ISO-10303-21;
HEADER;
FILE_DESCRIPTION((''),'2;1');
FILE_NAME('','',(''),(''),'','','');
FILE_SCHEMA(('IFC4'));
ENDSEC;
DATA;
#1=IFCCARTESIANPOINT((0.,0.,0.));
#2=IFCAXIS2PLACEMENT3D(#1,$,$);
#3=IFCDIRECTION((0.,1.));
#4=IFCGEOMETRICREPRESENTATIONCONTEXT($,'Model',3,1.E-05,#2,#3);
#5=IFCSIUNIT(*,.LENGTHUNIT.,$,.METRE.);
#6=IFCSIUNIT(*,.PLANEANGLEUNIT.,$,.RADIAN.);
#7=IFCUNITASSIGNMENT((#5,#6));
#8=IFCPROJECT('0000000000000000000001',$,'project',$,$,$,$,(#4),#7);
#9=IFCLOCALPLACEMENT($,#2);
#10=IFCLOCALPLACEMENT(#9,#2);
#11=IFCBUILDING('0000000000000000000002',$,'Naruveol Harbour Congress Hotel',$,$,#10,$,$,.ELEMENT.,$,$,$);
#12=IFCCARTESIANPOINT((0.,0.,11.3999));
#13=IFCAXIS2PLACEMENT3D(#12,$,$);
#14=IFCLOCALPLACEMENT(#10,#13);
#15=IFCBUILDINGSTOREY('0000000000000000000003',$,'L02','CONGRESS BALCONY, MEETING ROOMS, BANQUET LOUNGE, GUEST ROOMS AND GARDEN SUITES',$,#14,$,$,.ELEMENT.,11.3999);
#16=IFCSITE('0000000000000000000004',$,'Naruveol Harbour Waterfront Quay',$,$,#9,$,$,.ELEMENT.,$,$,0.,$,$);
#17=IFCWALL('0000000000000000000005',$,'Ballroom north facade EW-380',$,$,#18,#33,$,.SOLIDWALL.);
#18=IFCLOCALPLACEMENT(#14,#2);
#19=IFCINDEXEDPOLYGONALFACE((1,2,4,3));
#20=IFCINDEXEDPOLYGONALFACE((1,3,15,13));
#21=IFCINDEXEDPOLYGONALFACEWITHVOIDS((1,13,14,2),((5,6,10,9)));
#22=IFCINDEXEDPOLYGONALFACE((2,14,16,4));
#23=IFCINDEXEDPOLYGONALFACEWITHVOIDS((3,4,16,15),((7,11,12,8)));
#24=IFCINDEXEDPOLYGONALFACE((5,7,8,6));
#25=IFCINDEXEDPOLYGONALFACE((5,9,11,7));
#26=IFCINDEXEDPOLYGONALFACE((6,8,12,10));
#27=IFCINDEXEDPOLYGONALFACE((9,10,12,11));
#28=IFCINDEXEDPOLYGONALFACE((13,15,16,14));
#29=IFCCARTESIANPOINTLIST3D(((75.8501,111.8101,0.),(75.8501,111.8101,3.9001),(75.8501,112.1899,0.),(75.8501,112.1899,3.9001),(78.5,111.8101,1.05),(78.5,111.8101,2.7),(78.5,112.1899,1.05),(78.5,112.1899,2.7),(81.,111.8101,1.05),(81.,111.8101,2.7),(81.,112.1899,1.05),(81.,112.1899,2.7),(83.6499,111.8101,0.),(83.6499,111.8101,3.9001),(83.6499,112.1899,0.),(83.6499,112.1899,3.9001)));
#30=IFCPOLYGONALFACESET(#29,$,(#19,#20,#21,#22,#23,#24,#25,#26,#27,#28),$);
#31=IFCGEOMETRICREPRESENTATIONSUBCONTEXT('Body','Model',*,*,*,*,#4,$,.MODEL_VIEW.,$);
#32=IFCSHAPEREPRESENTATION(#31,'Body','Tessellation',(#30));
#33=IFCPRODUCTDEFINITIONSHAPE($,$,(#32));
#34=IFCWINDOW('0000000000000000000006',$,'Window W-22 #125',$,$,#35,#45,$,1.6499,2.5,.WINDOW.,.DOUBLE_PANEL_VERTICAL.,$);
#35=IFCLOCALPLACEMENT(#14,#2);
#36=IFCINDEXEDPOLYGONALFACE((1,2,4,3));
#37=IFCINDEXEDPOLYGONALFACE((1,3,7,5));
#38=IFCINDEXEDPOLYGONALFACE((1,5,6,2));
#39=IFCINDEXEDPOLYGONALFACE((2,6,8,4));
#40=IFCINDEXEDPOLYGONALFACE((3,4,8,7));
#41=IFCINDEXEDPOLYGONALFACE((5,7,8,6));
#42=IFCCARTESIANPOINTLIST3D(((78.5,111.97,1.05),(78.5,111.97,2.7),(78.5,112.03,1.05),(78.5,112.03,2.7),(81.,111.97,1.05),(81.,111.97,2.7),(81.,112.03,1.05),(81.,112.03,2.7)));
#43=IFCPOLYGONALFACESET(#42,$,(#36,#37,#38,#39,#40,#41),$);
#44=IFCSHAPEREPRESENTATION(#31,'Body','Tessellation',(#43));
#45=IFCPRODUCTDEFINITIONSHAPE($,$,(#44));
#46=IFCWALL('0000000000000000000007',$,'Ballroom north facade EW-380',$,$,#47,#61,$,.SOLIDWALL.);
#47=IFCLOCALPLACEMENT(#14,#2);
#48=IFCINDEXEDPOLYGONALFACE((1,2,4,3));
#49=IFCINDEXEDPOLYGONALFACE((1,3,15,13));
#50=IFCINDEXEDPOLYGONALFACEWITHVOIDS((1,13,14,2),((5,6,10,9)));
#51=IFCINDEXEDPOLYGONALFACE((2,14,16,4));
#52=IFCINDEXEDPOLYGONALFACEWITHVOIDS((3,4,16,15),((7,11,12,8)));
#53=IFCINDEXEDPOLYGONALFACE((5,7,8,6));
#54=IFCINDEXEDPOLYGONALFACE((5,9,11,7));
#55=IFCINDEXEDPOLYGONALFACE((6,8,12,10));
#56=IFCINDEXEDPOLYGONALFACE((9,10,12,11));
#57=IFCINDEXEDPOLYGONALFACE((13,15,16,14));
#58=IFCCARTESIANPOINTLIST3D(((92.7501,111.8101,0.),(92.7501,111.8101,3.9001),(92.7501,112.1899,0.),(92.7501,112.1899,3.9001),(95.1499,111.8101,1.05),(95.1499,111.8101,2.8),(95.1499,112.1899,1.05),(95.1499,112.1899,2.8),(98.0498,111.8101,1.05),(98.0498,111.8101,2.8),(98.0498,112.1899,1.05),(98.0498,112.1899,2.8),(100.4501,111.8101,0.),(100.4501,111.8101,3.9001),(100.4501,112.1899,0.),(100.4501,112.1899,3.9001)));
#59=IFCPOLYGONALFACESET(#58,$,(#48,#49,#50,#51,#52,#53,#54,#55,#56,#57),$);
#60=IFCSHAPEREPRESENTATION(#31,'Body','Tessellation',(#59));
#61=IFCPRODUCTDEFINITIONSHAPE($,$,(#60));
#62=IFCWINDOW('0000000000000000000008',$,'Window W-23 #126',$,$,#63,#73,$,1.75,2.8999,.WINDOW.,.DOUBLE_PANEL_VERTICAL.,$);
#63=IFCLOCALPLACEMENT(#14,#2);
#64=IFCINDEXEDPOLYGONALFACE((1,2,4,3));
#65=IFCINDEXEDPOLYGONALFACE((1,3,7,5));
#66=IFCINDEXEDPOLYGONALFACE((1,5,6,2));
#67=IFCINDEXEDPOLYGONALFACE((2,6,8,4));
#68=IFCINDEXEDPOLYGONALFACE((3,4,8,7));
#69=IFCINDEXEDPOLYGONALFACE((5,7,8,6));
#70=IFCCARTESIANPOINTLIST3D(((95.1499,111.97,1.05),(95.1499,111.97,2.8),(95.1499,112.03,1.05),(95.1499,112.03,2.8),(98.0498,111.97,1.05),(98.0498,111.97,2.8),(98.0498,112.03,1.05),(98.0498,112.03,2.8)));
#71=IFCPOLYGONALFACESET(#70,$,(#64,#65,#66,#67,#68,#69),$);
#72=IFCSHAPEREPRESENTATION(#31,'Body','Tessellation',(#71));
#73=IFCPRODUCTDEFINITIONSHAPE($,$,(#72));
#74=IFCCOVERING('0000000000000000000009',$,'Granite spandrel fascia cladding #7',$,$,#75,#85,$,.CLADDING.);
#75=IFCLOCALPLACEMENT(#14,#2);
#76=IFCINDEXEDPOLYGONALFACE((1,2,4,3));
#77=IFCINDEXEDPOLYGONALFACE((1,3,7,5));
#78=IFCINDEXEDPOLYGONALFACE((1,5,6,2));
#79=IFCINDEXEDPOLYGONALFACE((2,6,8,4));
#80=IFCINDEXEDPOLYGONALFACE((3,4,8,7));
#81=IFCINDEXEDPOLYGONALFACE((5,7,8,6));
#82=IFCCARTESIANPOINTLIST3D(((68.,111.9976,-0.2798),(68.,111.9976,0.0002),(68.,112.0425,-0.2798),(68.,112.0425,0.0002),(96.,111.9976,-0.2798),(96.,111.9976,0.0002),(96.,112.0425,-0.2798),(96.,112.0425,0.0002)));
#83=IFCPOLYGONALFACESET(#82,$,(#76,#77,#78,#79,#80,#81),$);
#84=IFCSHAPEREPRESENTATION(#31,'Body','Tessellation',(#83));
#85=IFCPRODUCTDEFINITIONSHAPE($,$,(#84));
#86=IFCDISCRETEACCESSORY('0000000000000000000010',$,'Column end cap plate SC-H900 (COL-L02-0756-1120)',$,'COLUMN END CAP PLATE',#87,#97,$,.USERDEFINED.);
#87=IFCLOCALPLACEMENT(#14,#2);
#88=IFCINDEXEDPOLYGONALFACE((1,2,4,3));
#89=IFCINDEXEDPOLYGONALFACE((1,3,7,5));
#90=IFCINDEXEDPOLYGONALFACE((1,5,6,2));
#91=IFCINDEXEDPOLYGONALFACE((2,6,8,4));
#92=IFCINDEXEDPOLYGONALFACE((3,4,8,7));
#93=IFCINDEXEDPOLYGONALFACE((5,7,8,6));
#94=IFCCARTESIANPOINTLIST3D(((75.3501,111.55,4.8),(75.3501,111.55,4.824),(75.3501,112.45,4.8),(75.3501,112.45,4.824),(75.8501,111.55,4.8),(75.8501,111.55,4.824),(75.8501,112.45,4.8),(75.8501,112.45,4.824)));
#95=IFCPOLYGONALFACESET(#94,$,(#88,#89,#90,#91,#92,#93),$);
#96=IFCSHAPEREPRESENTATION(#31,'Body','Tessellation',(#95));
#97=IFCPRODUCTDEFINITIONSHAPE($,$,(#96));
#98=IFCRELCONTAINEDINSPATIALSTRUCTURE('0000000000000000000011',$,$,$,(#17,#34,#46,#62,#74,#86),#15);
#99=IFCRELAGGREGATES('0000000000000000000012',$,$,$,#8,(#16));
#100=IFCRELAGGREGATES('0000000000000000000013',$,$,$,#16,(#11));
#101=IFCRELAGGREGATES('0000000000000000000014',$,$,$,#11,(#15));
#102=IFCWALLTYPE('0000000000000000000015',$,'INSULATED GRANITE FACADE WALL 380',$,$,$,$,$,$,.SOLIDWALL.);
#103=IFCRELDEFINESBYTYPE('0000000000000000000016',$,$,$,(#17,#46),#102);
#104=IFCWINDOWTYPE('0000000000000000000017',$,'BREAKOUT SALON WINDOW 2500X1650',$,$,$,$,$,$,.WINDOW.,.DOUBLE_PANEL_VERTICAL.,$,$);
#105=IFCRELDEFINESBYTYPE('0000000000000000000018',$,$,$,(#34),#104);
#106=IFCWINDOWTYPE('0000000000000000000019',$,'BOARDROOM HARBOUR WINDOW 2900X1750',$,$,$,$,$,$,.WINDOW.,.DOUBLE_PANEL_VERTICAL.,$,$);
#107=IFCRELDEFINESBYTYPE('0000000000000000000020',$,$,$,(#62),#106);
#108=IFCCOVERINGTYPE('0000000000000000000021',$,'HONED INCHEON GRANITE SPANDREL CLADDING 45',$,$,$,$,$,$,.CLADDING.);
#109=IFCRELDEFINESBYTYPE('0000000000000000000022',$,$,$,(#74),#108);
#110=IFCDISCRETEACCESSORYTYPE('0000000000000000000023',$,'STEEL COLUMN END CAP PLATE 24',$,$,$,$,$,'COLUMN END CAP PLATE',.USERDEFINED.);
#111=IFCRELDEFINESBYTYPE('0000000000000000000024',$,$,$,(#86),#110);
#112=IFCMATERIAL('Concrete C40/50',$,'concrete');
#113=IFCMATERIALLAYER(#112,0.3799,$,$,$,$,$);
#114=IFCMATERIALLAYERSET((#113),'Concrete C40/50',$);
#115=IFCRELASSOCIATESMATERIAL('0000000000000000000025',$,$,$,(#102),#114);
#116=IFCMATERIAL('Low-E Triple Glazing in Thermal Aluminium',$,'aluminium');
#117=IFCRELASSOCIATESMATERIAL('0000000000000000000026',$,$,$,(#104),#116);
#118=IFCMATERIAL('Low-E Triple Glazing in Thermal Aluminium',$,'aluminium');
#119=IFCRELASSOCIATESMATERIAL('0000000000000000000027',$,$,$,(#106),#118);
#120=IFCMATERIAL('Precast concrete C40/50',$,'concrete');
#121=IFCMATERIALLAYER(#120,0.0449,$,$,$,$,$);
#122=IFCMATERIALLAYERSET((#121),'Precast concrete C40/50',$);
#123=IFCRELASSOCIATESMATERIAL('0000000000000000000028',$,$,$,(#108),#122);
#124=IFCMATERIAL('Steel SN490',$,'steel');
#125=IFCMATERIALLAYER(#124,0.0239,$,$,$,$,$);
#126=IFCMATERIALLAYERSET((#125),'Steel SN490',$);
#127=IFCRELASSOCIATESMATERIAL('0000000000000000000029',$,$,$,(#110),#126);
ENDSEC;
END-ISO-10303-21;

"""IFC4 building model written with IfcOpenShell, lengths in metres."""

from ifc_helpers import new_model, si_unit, direction, frame, frame_2d, origin, origin_2d, place, context, subcontext, project, spatial, rectangle, extrude, material, layer, layer_set, type_object, element, fill, save


model = new_model("IFC4")

# Units and contexts
model_context = context("Model", 3, precision=1e-05, world=origin(), true_north=direction((0.0, 1.0)))
body_context = subcontext(model_context, "Body", "Model", "MODEL_VIEW")
ifc_project = project(units=[si_unit("LENGTHUNIT", "METRE"), si_unit("PLANEANGLEUNIT", "RADIAN")], contexts=[model_context])

# Site, building, storey
site_placement = place(None, origin())
site = spatial("IfcSite", under=ifc_project, at=site_placement, Name="Naruveol Harbour Waterfront Quay", CompositionType="ELEMENT", RefElevation=0.0)
building_placement = place(site_placement, origin())
building = spatial("IfcBuilding", under=site, at=building_placement, Name="Naruveol Harbour Congress Hotel", CompositionType="ELEMENT")
storey_placement = place(building_placement, frame((0.0, 0.0, 11.3999)))
storey = spatial("IfcBuildingStorey", under=building, at=storey_placement, Name="L02", Description="CONGRESS BALCONY, MEETING ROOMS, BANQUET LOUNGE, GUEST ROOMS AND GARDEN SUITES", CompositionType="ELEMENT", Elevation=11.3999)

# Walls, openings, windows
ifc_material_1 = material(Name="Concrete C40/50", Category="concrete")
ifc_layer_1 = layer(ifc_material_1, 0.3799)
ifc_layer_set_1 = layer_set([ifc_layer_1], Name="Concrete C40/50")
wall_type_1 = type_object("IfcWallType", Name="INSULATED GRANITE FACADE WALL 380", PredefinedType="SOLIDWALL", material=ifc_layer_set_1)
wall_1_placement = place(storey_placement, frame((75.8501, 112.0, 0.0), z_axis=(0.0, 0.0, 1.0), x_axis=(1.0, 0.0, 0.0)))
wall_1 = element("IfcWall", 1, at=wall_1_placement, inside=storey, type_object=wall_type_1, Name="Ballroom north facade EW-380", PredefinedType="SOLIDWALL", context=body_context, shape_type="SweptSolid", body=[
    extrude(rectangle(XDim=7.7998, YDim=0.3799, at=frame_2d((3.8999, 0.0))), origin(), (0.0, 0.0, 1.0), 3.9001),
])
opening_1_placement = place(wall_1_placement, frame((2.6499, 0.0, 1.05)))
opening_1 = element("IfcOpeningElement", 2, at=opening_1_placement, cuts=wall_1, PredefinedType="OPENING", context=body_context, shape_type="SweptSolid", body=[
    extrude(rectangle(XDim=2.5, YDim=1.6499, at=frame_2d((1.25, 0.825))), frame((0.0, 0.2, 0.0), z_axis=(0.0, -1.0, 0.0), x_axis=(1.0, 0.0, 0.0)), (0.0, 0.0, 1.0), 0.3999),
])
ifc_material_2 = material(Name="Low-E Triple Glazing in Thermal Aluminium", Category="aluminium")
window_type_1 = type_object("IfcWindowType", Name="BREAKOUT SALON WINDOW 2500X1650", PartitioningType="DOUBLE_PANEL_VERTICAL", PredefinedType="WINDOW", material=ifc_material_2)
window_1_placement = place(opening_1_placement, origin())
window_1 = element("IfcWindow", 3, at=window_1_placement, inside=storey, type_object=window_type_1, Name="Window W-22 #125", OverallHeight=1.6499, OverallWidth=2.5, PartitioningType="DOUBLE_PANEL_VERTICAL", PredefinedType="WINDOW", context=body_context, shape_type="SweptSolid", body=[
    extrude(rectangle(XDim=2.5, YDim=1.6499, at=frame_2d((1.25, 0.825))), frame((0.0, 0.03, 0.0), z_axis=(0.0, -1.0, 0.0), x_axis=(1.0, 0.0, 0.0)), (0.0, 0.0, 1.0), 0.0601),
])
fill(opening_1, window_1)
wall_2_placement = place(storey_placement, frame((92.75, 112.0, 0.0), z_axis=(0.0, 0.0, 1.0), x_axis=(1.0, 0.0, 0.0)))
wall_2 = element("IfcWall", 4, at=wall_2_placement, inside=storey, type_object=wall_type_1, Name="Ballroom north facade EW-380", PredefinedType="SOLIDWALL", context=body_context, shape_type="SweptSolid", body=[
    extrude(rectangle(XDim=7.7, YDim=0.3799, at=frame_2d((3.8501, 0.0))), origin(), (0.0, 0.0, 1.0), 3.9001),
])
opening_2_placement = place(wall_2_placement, frame((2.3999, 0.0, 1.05)))
opening_2 = element("IfcOpeningElement", 5, at=opening_2_placement, cuts=wall_2, PredefinedType="OPENING", context=body_context, shape_type="SweptSolid", body=[
    extrude(rectangle(XDim=2.8999, YDim=1.75, at=frame_2d((1.45, 0.875))), frame((0.0, 0.2, 0.0), z_axis=(0.0, -1.0, 0.0), x_axis=(1.0, 0.0, 0.0)), (0.0, 0.0, 1.0), 0.3999),
])
ifc_material_3 = material(Name="Low-E Triple Glazing in Thermal Aluminium", Category="aluminium")
window_type_2 = type_object("IfcWindowType", Name="BOARDROOM HARBOUR WINDOW 2900X1750", PartitioningType="DOUBLE_PANEL_VERTICAL", PredefinedType="WINDOW", material=ifc_material_3)
window_2_placement = place(opening_2_placement, origin())
window_2 = element("IfcWindow", 6, at=window_2_placement, inside=storey, type_object=window_type_2, Name="Window W-23 #126", OverallHeight=1.75, OverallWidth=2.8999, PartitioningType="DOUBLE_PANEL_VERTICAL", PredefinedType="WINDOW", context=body_context, shape_type="SweptSolid", body=[
    extrude(rectangle(XDim=2.8999, YDim=1.75, at=frame_2d((1.45, 0.875))), frame((0.0, 0.03, 0.0), z_axis=(0.0, -1.0, 0.0), x_axis=(1.0, 0.0, 0.0)), (0.0, 0.0, 1.0), 0.0601),
])
fill(opening_2, window_2)

# Covering
ifc_material_4 = material(Name="Precast concrete C40/50", Category="concrete")
ifc_layer_2 = layer(ifc_material_4, 0.0449)
ifc_layer_set_2 = layer_set([ifc_layer_2], Name="Precast concrete C40/50")
covering_type = type_object("IfcCoveringType", Name="HONED INCHEON GRANITE SPANDREL CLADDING 45", PredefinedType="CLADDING", material=ifc_layer_set_2)
covering_placement = place(storey_placement, frame((82.0, 112.02, -0.2798), z_axis=(0.0, 0.0, 1.0), x_axis=(1.0, 0.0, 0.0)))
element("IfcCovering", 7, at=covering_placement, inside=storey, type_object=covering_type, Name="Granite spandrel fascia cladding #7", PredefinedType="CLADDING", context=body_context, shape_type="SweptSolid", body=[
    extrude(rectangle(XDim=28.0, YDim=0.0449, at=origin_2d()), origin(), (0.0, 0.0, 1.0), 0.28),
])

# Discrete accessory
ifc_material_5 = material(Name="Steel SN490", Category="steel")
ifc_layer_3 = layer(ifc_material_5, 0.0239)
ifc_layer_set_3 = layer_set([ifc_layer_3], Name="Steel SN490")
discrete_accessory_type = type_object("IfcDiscreteAccessoryType", Name="STEEL COLUMN END CAP PLATE 24", ElementType="COLUMN END CAP PLATE", PredefinedType="USERDEFINED", material=ifc_layer_set_3)
discrete_accessory_placement = place(storey_placement, frame((75.6001, 112.0, 4.8), z_axis=(0.0, 0.0, 1.0), x_axis=(1.0, 0.0, 0.0)))
element("IfcDiscreteAccessory", 8, at=discrete_accessory_placement, inside=storey, type_object=discrete_accessory_type, Name="Column end cap plate SC-H900 (COL-L02-0756-1120)", ObjectType="COLUMN END CAP PLATE", PredefinedType="USERDEFINED", context=body_context, shape_type="SweptSolid", body=[
    extrude(rectangle(XDim=0.5, YDim=0.8999, at=origin_2d()), origin(), (0.0, 0.0, 1.0), 0.0239),
])

save(model, "model.ifc")
